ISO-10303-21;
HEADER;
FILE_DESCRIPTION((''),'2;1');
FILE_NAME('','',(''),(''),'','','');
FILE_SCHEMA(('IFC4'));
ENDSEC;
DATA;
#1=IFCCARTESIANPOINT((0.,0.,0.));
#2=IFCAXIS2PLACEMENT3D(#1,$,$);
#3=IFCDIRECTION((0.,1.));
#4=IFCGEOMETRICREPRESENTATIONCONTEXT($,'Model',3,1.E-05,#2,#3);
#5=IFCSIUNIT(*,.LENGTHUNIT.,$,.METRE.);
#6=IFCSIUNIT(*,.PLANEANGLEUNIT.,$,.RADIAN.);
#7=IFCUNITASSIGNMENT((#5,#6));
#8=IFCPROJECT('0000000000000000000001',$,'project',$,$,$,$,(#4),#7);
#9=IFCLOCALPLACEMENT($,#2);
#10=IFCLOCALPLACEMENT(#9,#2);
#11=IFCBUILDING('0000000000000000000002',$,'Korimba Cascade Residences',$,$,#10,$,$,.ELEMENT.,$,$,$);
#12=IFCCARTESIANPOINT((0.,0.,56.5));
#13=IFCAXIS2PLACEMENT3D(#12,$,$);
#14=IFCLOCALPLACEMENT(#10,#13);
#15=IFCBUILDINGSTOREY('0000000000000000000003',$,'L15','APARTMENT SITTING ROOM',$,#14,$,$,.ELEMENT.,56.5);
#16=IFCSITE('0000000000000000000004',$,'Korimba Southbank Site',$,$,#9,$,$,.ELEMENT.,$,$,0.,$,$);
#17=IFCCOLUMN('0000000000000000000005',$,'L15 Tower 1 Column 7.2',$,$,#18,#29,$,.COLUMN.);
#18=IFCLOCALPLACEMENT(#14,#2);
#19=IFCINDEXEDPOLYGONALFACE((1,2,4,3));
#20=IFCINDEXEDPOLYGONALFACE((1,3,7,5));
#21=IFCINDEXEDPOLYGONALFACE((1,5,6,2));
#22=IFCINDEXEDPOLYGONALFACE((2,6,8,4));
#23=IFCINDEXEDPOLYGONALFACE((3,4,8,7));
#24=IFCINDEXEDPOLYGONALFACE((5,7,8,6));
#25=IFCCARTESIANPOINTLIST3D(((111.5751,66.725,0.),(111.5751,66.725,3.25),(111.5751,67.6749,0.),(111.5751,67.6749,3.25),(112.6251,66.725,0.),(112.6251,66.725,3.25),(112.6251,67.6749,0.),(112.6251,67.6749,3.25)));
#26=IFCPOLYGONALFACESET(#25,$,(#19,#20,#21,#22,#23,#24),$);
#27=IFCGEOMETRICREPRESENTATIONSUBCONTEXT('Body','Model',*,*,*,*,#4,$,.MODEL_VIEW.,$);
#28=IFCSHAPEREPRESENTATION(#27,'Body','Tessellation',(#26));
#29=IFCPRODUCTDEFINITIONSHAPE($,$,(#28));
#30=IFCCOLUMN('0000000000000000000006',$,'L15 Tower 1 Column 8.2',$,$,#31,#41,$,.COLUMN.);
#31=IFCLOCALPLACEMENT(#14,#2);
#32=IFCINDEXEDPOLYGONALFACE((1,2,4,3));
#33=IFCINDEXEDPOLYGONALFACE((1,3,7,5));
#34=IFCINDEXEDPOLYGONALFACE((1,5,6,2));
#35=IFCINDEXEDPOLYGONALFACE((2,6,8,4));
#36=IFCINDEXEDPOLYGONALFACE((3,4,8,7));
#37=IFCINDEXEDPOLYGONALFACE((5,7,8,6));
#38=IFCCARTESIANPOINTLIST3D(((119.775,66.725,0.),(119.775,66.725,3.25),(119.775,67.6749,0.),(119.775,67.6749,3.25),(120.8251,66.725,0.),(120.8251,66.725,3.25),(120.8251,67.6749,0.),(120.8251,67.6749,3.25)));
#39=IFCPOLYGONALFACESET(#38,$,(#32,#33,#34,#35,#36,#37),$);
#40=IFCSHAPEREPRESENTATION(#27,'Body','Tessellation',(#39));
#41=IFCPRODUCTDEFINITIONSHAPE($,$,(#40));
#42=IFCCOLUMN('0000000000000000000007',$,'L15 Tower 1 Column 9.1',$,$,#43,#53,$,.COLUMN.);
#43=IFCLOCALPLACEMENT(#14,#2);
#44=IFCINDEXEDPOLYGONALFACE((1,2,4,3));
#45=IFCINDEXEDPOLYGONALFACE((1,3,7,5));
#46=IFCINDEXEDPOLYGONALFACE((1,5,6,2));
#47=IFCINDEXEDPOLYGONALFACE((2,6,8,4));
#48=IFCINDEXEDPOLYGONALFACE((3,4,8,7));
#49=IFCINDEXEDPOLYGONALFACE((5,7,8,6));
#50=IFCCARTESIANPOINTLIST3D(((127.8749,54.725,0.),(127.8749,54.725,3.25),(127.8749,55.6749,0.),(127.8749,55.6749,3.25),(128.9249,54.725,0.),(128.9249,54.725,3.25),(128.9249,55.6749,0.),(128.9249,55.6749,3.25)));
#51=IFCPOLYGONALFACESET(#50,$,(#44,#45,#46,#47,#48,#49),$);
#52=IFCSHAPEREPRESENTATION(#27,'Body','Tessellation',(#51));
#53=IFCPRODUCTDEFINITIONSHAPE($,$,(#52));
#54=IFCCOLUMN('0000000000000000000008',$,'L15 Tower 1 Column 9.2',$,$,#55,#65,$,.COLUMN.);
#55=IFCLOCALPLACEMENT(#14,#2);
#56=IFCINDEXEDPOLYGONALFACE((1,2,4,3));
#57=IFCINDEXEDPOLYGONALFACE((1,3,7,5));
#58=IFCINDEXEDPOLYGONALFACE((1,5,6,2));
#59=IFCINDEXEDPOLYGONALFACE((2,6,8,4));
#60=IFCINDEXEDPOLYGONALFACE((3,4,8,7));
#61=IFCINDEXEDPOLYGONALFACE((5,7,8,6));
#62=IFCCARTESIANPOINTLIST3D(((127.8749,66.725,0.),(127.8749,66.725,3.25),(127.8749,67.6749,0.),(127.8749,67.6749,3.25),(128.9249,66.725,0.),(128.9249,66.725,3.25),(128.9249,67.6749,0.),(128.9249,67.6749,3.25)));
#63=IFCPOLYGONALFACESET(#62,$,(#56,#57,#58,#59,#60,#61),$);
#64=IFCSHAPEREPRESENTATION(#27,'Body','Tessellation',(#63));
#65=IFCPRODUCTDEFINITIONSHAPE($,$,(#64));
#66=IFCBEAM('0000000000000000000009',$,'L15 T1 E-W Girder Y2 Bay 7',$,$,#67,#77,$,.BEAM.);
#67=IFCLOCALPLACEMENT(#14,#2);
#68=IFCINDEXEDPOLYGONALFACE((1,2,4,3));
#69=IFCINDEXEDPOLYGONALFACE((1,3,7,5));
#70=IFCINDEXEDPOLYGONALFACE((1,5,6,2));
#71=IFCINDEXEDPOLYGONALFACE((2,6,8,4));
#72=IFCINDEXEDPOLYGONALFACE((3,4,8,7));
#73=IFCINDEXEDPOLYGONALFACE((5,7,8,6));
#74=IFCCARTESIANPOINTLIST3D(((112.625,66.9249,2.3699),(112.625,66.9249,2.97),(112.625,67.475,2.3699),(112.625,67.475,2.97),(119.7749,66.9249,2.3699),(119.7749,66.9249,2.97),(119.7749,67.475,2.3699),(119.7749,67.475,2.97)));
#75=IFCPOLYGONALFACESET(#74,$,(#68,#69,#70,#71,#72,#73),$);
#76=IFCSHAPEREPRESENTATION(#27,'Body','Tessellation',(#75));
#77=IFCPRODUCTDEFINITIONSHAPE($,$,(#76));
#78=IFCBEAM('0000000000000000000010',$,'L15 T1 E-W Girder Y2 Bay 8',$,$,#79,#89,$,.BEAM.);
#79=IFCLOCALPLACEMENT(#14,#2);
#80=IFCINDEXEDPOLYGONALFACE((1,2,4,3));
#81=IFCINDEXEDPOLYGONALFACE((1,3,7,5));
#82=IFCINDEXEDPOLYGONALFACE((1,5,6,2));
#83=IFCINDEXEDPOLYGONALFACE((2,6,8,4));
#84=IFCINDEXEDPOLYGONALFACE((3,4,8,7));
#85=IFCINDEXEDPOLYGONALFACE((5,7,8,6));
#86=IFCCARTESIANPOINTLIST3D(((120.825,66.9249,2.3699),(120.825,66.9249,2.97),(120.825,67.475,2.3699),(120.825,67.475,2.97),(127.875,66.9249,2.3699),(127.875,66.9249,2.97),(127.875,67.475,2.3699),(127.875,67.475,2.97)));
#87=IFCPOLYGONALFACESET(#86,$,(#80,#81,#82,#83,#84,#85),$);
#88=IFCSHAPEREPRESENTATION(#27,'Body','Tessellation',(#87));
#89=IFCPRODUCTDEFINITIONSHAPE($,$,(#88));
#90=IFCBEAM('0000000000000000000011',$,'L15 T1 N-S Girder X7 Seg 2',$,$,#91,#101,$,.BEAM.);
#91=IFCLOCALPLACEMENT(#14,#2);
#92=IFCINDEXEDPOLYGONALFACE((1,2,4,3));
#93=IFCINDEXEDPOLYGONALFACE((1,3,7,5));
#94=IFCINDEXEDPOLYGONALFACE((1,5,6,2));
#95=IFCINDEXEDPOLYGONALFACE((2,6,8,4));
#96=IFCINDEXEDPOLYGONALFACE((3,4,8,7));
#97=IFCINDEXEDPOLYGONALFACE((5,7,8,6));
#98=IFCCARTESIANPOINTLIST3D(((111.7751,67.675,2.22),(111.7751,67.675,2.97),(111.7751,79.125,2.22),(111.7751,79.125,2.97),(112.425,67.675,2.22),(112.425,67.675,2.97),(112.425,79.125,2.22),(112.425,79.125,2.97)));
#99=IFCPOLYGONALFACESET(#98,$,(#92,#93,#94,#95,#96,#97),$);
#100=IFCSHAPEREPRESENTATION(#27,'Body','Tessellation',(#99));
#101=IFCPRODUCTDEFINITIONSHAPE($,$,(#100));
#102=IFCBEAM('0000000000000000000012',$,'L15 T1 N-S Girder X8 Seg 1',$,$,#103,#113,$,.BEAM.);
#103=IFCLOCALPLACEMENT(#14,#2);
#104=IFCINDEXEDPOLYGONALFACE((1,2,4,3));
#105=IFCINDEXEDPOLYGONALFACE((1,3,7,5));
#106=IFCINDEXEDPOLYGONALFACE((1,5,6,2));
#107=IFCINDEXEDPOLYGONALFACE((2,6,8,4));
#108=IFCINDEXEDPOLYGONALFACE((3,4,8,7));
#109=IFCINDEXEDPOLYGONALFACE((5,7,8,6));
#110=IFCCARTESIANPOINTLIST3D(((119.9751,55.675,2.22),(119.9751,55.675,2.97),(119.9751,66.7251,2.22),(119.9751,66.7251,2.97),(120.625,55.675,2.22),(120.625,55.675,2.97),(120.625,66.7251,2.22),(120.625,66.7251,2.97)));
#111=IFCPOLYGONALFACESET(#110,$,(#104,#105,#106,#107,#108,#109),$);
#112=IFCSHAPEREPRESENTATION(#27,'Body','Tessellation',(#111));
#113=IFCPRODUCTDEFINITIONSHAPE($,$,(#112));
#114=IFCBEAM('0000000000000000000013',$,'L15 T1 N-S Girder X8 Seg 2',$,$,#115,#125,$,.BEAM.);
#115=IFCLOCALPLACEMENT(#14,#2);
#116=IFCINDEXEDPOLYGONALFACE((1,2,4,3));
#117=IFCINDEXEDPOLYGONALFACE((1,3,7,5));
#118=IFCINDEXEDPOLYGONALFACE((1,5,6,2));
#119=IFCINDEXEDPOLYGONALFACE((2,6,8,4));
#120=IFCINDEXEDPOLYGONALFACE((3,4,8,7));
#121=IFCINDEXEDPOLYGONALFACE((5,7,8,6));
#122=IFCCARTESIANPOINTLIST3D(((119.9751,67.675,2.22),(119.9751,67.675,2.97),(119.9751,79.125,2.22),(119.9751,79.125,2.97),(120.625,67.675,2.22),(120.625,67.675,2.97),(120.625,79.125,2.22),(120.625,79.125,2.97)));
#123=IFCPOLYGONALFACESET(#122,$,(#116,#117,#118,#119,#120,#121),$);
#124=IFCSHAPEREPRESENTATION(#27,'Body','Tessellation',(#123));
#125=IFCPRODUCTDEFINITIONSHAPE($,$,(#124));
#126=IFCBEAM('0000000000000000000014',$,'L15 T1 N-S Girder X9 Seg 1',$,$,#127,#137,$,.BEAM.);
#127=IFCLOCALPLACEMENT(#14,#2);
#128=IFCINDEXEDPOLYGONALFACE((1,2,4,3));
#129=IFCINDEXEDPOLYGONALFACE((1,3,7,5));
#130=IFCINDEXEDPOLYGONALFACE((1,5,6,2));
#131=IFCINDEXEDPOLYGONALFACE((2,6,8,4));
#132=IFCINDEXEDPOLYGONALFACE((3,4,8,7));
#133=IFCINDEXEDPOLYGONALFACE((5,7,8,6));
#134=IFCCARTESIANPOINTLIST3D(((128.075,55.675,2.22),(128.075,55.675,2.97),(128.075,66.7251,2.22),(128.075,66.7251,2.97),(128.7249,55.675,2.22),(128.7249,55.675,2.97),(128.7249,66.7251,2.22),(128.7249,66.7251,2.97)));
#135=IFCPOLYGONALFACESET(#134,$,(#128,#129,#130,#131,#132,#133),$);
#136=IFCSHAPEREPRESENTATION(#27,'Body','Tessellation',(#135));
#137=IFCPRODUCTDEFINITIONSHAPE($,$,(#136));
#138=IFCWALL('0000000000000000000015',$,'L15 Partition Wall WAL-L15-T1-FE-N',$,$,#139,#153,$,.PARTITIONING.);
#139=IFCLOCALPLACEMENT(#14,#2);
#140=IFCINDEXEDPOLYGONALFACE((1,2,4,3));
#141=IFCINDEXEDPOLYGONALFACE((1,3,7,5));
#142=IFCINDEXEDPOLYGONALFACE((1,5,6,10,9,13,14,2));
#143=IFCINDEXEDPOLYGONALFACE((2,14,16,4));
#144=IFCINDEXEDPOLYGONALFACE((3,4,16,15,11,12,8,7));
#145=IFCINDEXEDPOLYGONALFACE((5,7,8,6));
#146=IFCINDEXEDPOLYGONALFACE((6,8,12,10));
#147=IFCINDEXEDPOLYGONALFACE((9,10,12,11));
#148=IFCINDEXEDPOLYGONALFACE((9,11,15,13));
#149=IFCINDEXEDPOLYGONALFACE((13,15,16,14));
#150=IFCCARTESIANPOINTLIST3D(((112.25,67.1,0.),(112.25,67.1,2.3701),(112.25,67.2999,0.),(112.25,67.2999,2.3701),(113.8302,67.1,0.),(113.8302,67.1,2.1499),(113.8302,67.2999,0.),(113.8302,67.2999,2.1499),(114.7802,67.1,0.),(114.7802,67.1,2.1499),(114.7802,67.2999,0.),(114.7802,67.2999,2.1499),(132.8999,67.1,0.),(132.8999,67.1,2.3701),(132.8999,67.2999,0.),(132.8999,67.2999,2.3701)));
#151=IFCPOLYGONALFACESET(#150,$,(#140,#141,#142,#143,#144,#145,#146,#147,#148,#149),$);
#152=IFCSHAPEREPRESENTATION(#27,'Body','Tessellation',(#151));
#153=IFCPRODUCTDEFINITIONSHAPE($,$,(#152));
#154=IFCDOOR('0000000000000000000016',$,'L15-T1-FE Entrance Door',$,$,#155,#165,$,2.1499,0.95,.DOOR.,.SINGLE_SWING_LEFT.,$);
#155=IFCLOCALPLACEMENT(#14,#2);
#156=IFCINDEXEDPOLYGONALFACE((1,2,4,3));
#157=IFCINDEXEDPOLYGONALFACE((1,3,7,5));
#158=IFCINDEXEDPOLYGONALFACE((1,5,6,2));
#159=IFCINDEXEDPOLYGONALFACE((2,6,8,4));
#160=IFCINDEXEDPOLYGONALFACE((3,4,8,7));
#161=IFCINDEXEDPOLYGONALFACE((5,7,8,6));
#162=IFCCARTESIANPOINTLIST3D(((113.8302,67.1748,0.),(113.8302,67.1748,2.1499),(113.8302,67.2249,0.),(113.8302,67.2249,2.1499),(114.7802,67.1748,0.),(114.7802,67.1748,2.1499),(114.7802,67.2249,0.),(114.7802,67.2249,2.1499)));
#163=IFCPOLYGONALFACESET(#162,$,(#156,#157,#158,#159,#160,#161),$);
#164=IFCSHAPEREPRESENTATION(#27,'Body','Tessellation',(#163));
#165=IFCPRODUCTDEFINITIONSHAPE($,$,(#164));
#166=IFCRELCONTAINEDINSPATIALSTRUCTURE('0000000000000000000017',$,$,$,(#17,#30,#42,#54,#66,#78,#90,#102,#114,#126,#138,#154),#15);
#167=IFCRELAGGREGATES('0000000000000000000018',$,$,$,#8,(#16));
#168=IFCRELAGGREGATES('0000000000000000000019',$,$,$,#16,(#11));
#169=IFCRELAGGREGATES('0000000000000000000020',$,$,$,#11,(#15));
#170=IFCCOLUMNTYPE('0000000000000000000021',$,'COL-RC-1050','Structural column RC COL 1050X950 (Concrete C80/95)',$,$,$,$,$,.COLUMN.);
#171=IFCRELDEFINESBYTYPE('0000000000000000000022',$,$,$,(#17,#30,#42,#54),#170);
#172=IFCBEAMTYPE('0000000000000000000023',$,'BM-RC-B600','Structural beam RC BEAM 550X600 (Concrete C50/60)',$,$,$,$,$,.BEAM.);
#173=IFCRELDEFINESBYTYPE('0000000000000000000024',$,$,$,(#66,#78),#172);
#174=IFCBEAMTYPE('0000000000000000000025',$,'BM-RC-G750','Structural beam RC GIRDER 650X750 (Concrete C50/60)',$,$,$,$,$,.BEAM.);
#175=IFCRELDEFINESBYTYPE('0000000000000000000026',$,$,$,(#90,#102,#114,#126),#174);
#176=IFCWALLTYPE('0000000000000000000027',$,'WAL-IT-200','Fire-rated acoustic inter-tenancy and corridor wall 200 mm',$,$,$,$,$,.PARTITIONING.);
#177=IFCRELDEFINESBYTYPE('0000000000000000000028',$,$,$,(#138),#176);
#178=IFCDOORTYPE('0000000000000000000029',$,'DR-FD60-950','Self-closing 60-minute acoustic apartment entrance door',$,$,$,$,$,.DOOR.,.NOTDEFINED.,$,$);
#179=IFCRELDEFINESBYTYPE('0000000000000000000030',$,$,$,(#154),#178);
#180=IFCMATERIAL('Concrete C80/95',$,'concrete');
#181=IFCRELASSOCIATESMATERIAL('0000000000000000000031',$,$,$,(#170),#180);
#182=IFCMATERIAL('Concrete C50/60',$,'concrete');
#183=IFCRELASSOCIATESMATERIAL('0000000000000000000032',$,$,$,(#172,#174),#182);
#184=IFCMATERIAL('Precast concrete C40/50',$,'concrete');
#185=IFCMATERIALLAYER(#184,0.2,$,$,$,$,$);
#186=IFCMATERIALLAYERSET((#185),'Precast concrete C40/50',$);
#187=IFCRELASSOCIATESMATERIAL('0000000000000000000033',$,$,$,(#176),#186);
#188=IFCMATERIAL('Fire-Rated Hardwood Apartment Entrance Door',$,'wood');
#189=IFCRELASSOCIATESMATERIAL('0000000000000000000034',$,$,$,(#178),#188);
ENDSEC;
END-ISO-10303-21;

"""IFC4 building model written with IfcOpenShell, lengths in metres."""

from ifc_helpers import new_model, si_unit, direction, frame, frame_2d, origin, origin_2d, place, context, subcontext, project, spatial, rectangle, extrude, material, layer, layer_set, material_profile, profile_set, type_object, element, fill, save


model = new_model("IFC4")

# Units and contexts
model_context = context("Model", 3, precision=1e-05, world=origin(), true_north=direction((0.0, 1.0)))
body_context = subcontext(model_context, "Body", "Model", "MODEL_VIEW")
ifc_project = project(units=[si_unit("LENGTHUNIT", "METRE"), si_unit("PLANEANGLEUNIT", "RADIAN")], contexts=[model_context])

# Site, building, storey
site_placement = place(None, origin())
site = spatial("IfcSite", under=ifc_project, at=site_placement, Name="Korimba Southbank Site", CompositionType="ELEMENT", RefElevation=0.0)
building_placement = place(site_placement, origin())
building = spatial("IfcBuilding", under=site, at=building_placement, Name="Korimba Cascade Residences", CompositionType="ELEMENT")
storey_placement = place(building_placement, frame((0.0, 0.0, 56.5)))
storey = spatial("IfcBuildingStorey", under=building, at=storey_placement, Name="L15", Description="APARTMENT SITTING ROOM", CompositionType="ELEMENT", Elevation=56.5)

# Columns
ifc_material_1 = material(Name="Concrete C80/95", Category="concrete")
ifc_material_profile_1 = material_profile(ifc_material_1, rectangle(XDim=1.05, YDim=0.95, at=origin_2d()), Name="Concrete C80/95")
ifc_profile_set_1 = profile_set([ifc_material_profile_1], Name="Concrete C80/95")
column_type = type_object("IfcColumnType", Name="COL-RC-1050", Description="Structural column RC COL 1050X950 (Concrete C80/95)", PredefinedType="COLUMN", material=ifc_profile_set_1)
for number, where, z_axis, x_axis, name in (
    (1, (112.1001, 67.2, 0.0), (0.0, 0.0, 1.0), (1.0, 0.0, 0.0), "L15 Tower 1 Column 7.2"),
    (2, (120.3, 67.2, 0.0), (0.0, 0.0, 1.0), (1.0, 0.0, 0.0), "L15 Tower 1 Column 8.2"),
    (3, (128.3999, 55.2, 0.0), (0.0, 0.0, 1.0), (1.0, 0.0, 0.0), "L15 Tower 1 Column 9.1"),
    (4, (128.3999, 67.2, 0.0), (0.0, 0.0, 1.0), (1.0, 0.0, 0.0), "L15 Tower 1 Column 9.2"),
):
    element("IfcColumn", number, at=place(storey_placement, frame(where, z_axis=z_axis, x_axis=x_axis)), inside=storey, type_object=column_type, Name=name, PredefinedType="COLUMN", context=body_context, shape_type="SweptSolid", body=[
        extrude(rectangle(XDim=1.05, YDim=0.95, at=origin_2d()), origin(), (0.0, 0.0, 1.0), 3.25),
    ])

# Beams
ifc_material_2 = material(Name="Concrete C50/60", Category="concrete")
ifc_material_profile_2 = material_profile(ifc_material_2, rectangle(XDim=0.55, YDim=0.6001, at=origin_2d()), Name="Concrete C50/60")
ifc_profile_set_2 = profile_set([ifc_material_profile_2], Name="Concrete C50/60")
beam_type_1 = type_object("IfcBeamType", Name="BM-RC-B600", Description="Structural beam RC BEAM 550X600 (Concrete C50/60)", PredefinedType="BEAM", material=ifc_profile_set_2)
beam_1_placement = place(storey_placement, frame((112.625, 67.2, 2.6699), z_axis=(1.0, 0.0, 0.0), x_axis=(0.0, 1.0, 0.0)))
element("IfcBeam", 5, at=beam_1_placement, inside=storey, type_object=beam_type_1, Name="L15 T1 E-W Girder Y2 Bay 7", PredefinedType="BEAM", context=body_context, shape_type="SweptSolid", body=[
    extrude(rectangle(XDim=0.55, YDim=0.6001, at=origin_2d()), origin(), (0.0, 0.0, 1.0), 7.1499),
])
beam_2_placement = place(storey_placement, frame((120.825, 67.2, 2.6699), z_axis=(1.0, 0.0, 0.0), x_axis=(0.0, 1.0, 0.0)))
element("IfcBeam", 6, at=beam_2_placement, inside=storey, type_object=beam_type_1, Name="L15 T1 E-W Girder Y2 Bay 8", PredefinedType="BEAM", context=body_context, shape_type="SweptSolid", body=[
    extrude(rectangle(XDim=0.55, YDim=0.6001, at=origin_2d()), origin(), (0.0, 0.0, 1.0), 7.05),
])
ifc_material_profile_3 = material_profile(ifc_material_2, rectangle(XDim=0.6499, YDim=0.75, at=origin_2d()), Name="Concrete C50/60")
ifc_profile_set_3 = profile_set([ifc_material_profile_3], Name="Concrete C50/60")
beam_type_2 = type_object("IfcBeamType", Name="BM-RC-G750", Description="Structural beam RC GIRDER 650X750 (Concrete C50/60)", PredefinedType="BEAM", material=ifc_profile_set_3)
beam_3_placement = place(storey_placement, frame((112.1001, 67.675, 2.595), z_axis=(0.0, 1.0, 0.0), x_axis=(-1.0, 0.0, 0.0)))
element("IfcBeam", 7, at=beam_3_placement, inside=storey, type_object=beam_type_2, Name="L15 T1 N-S Girder X7 Seg 2", PredefinedType="BEAM", context=body_context, shape_type="SweptSolid", body=[
    extrude(rectangle(XDim=0.6499, YDim=0.75, at=origin_2d()), origin(), (0.0, 0.0, 1.0), 11.45),
])
beam_4_placement = place(storey_placement, frame((120.3, 55.675, 2.595), z_axis=(0.0, 1.0, 0.0), x_axis=(-1.0, 0.0, 0.0)))
element("IfcBeam", 8, at=beam_4_placement, inside=storey, type_object=beam_type_2, Name="L15 T1 N-S Girder X8 Seg 1", PredefinedType="BEAM", context=body_context, shape_type="SweptSolid", body=[
    extrude(rectangle(XDim=0.6499, YDim=0.75, at=origin_2d()), origin(), (0.0, 0.0, 1.0), 11.05),
])
beam_5_placement = place(storey_placement, frame((120.3, 67.675, 2.595), z_axis=(0.0, 1.0, 0.0), x_axis=(-1.0, 0.0, 0.0)))
element("IfcBeam", 9, at=beam_5_placement, inside=storey, type_object=beam_type_2, Name="L15 T1 N-S Girder X8 Seg 2", PredefinedType="BEAM", context=body_context, shape_type="SweptSolid", body=[
    extrude(rectangle(XDim=0.6499, YDim=0.75, at=origin_2d()), origin(), (0.0, 0.0, 1.0), 11.45),
])
beam_6_placement = place(storey_placement, frame((128.3999, 55.675, 2.595), z_axis=(0.0, 1.0, 0.0), x_axis=(-1.0, 0.0, 0.0)))
element("IfcBeam", 10, at=beam_6_placement, inside=storey, type_object=beam_type_2, Name="L15 T1 N-S Girder X9 Seg 1", PredefinedType="BEAM", context=body_context, shape_type="SweptSolid", body=[
    extrude(rectangle(XDim=0.6499, YDim=0.75, at=origin_2d()), origin(), (0.0, 0.0, 1.0), 11.05),
])

# Wall, opening, door
ifc_material_3 = material(Name="Precast concrete C40/50", Category="concrete")
ifc_layer_1 = layer(ifc_material_3, 0.2)
ifc_layer_set_1 = layer_set([ifc_layer_1], Name="Precast concrete C40/50")
wall_type_1 = type_object("IfcWallType", Name="WAL-IT-200", Description="Fire-rated acoustic inter-tenancy and corridor wall 200 mm", PredefinedType="PARTITIONING", material=ifc_layer_set_1)
wall_1_placement = place(storey_placement, frame((112.25, 67.2, 0.0), z_axis=(0.0, 0.0, 1.0), x_axis=(1.0, 0.0, 0.0)))
wall_1 = element("IfcWall", 11, at=wall_1_placement, inside=storey, type_object=wall_type_1, Name="L15 Partition Wall WAL-L15-T1-FE-N", PredefinedType="PARTITIONING", context=body_context, shape_type="SweptSolid", body=[
    extrude(rectangle(XDim=20.6499, YDim=0.2, at=frame_2d((10.325, 0.0))), origin(), (0.0, 0.0, 1.0), 2.3701),
])
opening_1_placement = place(wall_1_placement, frame((1.5801, 0.0, 0.0)))
opening_1 = element("IfcOpeningElement", 12, at=opening_1_placement, cuts=wall_1, PredefinedType="OPENING", context=body_context, shape_type="SweptSolid", body=[
    extrude(rectangle(XDim=0.95, YDim=2.1499, at=frame_2d((0.4751, 1.075))), frame((0.0, 0.1099, 0.0), z_axis=(0.0, -1.0, 0.0), x_axis=(1.0, 0.0, 0.0)), (0.0, 0.0, 1.0), 0.22),
])
ifc_material_4 = material(Name="Fire-Rated Hardwood Apartment Entrance Door", Category="wood")
door_type_1 = type_object("IfcDoorType", Name="DR-FD60-950", Description="Self-closing 60-minute acoustic apartment entrance door", OperationType="NOTDEFINED", PredefinedType="DOOR", material=ifc_material_4)
door_1_placement = place(opening_1_placement, origin())
door_1 = element("IfcDoor", 13, at=door_1_placement, inside=storey, type_object=door_type_1, Name="L15-T1-FE Entrance Door", OperationType="SINGLE_SWING_LEFT", OverallHeight=2.1499, OverallWidth=0.95, PredefinedType="DOOR", context=body_context, shape_type="SweptSolid", body=[
    extrude(rectangle(XDim=0.95, YDim=2.1499, at=frame_2d((0.4751, 1.075))), frame((0.0, 0.0249, 0.0), z_axis=(0.0, -1.0, 0.0), x_axis=(1.0, 0.0, 0.0)), (0.0, 0.0, 1.0), 0.05),
])
fill(opening_1, door_1)

save(model, "model.ifc")
